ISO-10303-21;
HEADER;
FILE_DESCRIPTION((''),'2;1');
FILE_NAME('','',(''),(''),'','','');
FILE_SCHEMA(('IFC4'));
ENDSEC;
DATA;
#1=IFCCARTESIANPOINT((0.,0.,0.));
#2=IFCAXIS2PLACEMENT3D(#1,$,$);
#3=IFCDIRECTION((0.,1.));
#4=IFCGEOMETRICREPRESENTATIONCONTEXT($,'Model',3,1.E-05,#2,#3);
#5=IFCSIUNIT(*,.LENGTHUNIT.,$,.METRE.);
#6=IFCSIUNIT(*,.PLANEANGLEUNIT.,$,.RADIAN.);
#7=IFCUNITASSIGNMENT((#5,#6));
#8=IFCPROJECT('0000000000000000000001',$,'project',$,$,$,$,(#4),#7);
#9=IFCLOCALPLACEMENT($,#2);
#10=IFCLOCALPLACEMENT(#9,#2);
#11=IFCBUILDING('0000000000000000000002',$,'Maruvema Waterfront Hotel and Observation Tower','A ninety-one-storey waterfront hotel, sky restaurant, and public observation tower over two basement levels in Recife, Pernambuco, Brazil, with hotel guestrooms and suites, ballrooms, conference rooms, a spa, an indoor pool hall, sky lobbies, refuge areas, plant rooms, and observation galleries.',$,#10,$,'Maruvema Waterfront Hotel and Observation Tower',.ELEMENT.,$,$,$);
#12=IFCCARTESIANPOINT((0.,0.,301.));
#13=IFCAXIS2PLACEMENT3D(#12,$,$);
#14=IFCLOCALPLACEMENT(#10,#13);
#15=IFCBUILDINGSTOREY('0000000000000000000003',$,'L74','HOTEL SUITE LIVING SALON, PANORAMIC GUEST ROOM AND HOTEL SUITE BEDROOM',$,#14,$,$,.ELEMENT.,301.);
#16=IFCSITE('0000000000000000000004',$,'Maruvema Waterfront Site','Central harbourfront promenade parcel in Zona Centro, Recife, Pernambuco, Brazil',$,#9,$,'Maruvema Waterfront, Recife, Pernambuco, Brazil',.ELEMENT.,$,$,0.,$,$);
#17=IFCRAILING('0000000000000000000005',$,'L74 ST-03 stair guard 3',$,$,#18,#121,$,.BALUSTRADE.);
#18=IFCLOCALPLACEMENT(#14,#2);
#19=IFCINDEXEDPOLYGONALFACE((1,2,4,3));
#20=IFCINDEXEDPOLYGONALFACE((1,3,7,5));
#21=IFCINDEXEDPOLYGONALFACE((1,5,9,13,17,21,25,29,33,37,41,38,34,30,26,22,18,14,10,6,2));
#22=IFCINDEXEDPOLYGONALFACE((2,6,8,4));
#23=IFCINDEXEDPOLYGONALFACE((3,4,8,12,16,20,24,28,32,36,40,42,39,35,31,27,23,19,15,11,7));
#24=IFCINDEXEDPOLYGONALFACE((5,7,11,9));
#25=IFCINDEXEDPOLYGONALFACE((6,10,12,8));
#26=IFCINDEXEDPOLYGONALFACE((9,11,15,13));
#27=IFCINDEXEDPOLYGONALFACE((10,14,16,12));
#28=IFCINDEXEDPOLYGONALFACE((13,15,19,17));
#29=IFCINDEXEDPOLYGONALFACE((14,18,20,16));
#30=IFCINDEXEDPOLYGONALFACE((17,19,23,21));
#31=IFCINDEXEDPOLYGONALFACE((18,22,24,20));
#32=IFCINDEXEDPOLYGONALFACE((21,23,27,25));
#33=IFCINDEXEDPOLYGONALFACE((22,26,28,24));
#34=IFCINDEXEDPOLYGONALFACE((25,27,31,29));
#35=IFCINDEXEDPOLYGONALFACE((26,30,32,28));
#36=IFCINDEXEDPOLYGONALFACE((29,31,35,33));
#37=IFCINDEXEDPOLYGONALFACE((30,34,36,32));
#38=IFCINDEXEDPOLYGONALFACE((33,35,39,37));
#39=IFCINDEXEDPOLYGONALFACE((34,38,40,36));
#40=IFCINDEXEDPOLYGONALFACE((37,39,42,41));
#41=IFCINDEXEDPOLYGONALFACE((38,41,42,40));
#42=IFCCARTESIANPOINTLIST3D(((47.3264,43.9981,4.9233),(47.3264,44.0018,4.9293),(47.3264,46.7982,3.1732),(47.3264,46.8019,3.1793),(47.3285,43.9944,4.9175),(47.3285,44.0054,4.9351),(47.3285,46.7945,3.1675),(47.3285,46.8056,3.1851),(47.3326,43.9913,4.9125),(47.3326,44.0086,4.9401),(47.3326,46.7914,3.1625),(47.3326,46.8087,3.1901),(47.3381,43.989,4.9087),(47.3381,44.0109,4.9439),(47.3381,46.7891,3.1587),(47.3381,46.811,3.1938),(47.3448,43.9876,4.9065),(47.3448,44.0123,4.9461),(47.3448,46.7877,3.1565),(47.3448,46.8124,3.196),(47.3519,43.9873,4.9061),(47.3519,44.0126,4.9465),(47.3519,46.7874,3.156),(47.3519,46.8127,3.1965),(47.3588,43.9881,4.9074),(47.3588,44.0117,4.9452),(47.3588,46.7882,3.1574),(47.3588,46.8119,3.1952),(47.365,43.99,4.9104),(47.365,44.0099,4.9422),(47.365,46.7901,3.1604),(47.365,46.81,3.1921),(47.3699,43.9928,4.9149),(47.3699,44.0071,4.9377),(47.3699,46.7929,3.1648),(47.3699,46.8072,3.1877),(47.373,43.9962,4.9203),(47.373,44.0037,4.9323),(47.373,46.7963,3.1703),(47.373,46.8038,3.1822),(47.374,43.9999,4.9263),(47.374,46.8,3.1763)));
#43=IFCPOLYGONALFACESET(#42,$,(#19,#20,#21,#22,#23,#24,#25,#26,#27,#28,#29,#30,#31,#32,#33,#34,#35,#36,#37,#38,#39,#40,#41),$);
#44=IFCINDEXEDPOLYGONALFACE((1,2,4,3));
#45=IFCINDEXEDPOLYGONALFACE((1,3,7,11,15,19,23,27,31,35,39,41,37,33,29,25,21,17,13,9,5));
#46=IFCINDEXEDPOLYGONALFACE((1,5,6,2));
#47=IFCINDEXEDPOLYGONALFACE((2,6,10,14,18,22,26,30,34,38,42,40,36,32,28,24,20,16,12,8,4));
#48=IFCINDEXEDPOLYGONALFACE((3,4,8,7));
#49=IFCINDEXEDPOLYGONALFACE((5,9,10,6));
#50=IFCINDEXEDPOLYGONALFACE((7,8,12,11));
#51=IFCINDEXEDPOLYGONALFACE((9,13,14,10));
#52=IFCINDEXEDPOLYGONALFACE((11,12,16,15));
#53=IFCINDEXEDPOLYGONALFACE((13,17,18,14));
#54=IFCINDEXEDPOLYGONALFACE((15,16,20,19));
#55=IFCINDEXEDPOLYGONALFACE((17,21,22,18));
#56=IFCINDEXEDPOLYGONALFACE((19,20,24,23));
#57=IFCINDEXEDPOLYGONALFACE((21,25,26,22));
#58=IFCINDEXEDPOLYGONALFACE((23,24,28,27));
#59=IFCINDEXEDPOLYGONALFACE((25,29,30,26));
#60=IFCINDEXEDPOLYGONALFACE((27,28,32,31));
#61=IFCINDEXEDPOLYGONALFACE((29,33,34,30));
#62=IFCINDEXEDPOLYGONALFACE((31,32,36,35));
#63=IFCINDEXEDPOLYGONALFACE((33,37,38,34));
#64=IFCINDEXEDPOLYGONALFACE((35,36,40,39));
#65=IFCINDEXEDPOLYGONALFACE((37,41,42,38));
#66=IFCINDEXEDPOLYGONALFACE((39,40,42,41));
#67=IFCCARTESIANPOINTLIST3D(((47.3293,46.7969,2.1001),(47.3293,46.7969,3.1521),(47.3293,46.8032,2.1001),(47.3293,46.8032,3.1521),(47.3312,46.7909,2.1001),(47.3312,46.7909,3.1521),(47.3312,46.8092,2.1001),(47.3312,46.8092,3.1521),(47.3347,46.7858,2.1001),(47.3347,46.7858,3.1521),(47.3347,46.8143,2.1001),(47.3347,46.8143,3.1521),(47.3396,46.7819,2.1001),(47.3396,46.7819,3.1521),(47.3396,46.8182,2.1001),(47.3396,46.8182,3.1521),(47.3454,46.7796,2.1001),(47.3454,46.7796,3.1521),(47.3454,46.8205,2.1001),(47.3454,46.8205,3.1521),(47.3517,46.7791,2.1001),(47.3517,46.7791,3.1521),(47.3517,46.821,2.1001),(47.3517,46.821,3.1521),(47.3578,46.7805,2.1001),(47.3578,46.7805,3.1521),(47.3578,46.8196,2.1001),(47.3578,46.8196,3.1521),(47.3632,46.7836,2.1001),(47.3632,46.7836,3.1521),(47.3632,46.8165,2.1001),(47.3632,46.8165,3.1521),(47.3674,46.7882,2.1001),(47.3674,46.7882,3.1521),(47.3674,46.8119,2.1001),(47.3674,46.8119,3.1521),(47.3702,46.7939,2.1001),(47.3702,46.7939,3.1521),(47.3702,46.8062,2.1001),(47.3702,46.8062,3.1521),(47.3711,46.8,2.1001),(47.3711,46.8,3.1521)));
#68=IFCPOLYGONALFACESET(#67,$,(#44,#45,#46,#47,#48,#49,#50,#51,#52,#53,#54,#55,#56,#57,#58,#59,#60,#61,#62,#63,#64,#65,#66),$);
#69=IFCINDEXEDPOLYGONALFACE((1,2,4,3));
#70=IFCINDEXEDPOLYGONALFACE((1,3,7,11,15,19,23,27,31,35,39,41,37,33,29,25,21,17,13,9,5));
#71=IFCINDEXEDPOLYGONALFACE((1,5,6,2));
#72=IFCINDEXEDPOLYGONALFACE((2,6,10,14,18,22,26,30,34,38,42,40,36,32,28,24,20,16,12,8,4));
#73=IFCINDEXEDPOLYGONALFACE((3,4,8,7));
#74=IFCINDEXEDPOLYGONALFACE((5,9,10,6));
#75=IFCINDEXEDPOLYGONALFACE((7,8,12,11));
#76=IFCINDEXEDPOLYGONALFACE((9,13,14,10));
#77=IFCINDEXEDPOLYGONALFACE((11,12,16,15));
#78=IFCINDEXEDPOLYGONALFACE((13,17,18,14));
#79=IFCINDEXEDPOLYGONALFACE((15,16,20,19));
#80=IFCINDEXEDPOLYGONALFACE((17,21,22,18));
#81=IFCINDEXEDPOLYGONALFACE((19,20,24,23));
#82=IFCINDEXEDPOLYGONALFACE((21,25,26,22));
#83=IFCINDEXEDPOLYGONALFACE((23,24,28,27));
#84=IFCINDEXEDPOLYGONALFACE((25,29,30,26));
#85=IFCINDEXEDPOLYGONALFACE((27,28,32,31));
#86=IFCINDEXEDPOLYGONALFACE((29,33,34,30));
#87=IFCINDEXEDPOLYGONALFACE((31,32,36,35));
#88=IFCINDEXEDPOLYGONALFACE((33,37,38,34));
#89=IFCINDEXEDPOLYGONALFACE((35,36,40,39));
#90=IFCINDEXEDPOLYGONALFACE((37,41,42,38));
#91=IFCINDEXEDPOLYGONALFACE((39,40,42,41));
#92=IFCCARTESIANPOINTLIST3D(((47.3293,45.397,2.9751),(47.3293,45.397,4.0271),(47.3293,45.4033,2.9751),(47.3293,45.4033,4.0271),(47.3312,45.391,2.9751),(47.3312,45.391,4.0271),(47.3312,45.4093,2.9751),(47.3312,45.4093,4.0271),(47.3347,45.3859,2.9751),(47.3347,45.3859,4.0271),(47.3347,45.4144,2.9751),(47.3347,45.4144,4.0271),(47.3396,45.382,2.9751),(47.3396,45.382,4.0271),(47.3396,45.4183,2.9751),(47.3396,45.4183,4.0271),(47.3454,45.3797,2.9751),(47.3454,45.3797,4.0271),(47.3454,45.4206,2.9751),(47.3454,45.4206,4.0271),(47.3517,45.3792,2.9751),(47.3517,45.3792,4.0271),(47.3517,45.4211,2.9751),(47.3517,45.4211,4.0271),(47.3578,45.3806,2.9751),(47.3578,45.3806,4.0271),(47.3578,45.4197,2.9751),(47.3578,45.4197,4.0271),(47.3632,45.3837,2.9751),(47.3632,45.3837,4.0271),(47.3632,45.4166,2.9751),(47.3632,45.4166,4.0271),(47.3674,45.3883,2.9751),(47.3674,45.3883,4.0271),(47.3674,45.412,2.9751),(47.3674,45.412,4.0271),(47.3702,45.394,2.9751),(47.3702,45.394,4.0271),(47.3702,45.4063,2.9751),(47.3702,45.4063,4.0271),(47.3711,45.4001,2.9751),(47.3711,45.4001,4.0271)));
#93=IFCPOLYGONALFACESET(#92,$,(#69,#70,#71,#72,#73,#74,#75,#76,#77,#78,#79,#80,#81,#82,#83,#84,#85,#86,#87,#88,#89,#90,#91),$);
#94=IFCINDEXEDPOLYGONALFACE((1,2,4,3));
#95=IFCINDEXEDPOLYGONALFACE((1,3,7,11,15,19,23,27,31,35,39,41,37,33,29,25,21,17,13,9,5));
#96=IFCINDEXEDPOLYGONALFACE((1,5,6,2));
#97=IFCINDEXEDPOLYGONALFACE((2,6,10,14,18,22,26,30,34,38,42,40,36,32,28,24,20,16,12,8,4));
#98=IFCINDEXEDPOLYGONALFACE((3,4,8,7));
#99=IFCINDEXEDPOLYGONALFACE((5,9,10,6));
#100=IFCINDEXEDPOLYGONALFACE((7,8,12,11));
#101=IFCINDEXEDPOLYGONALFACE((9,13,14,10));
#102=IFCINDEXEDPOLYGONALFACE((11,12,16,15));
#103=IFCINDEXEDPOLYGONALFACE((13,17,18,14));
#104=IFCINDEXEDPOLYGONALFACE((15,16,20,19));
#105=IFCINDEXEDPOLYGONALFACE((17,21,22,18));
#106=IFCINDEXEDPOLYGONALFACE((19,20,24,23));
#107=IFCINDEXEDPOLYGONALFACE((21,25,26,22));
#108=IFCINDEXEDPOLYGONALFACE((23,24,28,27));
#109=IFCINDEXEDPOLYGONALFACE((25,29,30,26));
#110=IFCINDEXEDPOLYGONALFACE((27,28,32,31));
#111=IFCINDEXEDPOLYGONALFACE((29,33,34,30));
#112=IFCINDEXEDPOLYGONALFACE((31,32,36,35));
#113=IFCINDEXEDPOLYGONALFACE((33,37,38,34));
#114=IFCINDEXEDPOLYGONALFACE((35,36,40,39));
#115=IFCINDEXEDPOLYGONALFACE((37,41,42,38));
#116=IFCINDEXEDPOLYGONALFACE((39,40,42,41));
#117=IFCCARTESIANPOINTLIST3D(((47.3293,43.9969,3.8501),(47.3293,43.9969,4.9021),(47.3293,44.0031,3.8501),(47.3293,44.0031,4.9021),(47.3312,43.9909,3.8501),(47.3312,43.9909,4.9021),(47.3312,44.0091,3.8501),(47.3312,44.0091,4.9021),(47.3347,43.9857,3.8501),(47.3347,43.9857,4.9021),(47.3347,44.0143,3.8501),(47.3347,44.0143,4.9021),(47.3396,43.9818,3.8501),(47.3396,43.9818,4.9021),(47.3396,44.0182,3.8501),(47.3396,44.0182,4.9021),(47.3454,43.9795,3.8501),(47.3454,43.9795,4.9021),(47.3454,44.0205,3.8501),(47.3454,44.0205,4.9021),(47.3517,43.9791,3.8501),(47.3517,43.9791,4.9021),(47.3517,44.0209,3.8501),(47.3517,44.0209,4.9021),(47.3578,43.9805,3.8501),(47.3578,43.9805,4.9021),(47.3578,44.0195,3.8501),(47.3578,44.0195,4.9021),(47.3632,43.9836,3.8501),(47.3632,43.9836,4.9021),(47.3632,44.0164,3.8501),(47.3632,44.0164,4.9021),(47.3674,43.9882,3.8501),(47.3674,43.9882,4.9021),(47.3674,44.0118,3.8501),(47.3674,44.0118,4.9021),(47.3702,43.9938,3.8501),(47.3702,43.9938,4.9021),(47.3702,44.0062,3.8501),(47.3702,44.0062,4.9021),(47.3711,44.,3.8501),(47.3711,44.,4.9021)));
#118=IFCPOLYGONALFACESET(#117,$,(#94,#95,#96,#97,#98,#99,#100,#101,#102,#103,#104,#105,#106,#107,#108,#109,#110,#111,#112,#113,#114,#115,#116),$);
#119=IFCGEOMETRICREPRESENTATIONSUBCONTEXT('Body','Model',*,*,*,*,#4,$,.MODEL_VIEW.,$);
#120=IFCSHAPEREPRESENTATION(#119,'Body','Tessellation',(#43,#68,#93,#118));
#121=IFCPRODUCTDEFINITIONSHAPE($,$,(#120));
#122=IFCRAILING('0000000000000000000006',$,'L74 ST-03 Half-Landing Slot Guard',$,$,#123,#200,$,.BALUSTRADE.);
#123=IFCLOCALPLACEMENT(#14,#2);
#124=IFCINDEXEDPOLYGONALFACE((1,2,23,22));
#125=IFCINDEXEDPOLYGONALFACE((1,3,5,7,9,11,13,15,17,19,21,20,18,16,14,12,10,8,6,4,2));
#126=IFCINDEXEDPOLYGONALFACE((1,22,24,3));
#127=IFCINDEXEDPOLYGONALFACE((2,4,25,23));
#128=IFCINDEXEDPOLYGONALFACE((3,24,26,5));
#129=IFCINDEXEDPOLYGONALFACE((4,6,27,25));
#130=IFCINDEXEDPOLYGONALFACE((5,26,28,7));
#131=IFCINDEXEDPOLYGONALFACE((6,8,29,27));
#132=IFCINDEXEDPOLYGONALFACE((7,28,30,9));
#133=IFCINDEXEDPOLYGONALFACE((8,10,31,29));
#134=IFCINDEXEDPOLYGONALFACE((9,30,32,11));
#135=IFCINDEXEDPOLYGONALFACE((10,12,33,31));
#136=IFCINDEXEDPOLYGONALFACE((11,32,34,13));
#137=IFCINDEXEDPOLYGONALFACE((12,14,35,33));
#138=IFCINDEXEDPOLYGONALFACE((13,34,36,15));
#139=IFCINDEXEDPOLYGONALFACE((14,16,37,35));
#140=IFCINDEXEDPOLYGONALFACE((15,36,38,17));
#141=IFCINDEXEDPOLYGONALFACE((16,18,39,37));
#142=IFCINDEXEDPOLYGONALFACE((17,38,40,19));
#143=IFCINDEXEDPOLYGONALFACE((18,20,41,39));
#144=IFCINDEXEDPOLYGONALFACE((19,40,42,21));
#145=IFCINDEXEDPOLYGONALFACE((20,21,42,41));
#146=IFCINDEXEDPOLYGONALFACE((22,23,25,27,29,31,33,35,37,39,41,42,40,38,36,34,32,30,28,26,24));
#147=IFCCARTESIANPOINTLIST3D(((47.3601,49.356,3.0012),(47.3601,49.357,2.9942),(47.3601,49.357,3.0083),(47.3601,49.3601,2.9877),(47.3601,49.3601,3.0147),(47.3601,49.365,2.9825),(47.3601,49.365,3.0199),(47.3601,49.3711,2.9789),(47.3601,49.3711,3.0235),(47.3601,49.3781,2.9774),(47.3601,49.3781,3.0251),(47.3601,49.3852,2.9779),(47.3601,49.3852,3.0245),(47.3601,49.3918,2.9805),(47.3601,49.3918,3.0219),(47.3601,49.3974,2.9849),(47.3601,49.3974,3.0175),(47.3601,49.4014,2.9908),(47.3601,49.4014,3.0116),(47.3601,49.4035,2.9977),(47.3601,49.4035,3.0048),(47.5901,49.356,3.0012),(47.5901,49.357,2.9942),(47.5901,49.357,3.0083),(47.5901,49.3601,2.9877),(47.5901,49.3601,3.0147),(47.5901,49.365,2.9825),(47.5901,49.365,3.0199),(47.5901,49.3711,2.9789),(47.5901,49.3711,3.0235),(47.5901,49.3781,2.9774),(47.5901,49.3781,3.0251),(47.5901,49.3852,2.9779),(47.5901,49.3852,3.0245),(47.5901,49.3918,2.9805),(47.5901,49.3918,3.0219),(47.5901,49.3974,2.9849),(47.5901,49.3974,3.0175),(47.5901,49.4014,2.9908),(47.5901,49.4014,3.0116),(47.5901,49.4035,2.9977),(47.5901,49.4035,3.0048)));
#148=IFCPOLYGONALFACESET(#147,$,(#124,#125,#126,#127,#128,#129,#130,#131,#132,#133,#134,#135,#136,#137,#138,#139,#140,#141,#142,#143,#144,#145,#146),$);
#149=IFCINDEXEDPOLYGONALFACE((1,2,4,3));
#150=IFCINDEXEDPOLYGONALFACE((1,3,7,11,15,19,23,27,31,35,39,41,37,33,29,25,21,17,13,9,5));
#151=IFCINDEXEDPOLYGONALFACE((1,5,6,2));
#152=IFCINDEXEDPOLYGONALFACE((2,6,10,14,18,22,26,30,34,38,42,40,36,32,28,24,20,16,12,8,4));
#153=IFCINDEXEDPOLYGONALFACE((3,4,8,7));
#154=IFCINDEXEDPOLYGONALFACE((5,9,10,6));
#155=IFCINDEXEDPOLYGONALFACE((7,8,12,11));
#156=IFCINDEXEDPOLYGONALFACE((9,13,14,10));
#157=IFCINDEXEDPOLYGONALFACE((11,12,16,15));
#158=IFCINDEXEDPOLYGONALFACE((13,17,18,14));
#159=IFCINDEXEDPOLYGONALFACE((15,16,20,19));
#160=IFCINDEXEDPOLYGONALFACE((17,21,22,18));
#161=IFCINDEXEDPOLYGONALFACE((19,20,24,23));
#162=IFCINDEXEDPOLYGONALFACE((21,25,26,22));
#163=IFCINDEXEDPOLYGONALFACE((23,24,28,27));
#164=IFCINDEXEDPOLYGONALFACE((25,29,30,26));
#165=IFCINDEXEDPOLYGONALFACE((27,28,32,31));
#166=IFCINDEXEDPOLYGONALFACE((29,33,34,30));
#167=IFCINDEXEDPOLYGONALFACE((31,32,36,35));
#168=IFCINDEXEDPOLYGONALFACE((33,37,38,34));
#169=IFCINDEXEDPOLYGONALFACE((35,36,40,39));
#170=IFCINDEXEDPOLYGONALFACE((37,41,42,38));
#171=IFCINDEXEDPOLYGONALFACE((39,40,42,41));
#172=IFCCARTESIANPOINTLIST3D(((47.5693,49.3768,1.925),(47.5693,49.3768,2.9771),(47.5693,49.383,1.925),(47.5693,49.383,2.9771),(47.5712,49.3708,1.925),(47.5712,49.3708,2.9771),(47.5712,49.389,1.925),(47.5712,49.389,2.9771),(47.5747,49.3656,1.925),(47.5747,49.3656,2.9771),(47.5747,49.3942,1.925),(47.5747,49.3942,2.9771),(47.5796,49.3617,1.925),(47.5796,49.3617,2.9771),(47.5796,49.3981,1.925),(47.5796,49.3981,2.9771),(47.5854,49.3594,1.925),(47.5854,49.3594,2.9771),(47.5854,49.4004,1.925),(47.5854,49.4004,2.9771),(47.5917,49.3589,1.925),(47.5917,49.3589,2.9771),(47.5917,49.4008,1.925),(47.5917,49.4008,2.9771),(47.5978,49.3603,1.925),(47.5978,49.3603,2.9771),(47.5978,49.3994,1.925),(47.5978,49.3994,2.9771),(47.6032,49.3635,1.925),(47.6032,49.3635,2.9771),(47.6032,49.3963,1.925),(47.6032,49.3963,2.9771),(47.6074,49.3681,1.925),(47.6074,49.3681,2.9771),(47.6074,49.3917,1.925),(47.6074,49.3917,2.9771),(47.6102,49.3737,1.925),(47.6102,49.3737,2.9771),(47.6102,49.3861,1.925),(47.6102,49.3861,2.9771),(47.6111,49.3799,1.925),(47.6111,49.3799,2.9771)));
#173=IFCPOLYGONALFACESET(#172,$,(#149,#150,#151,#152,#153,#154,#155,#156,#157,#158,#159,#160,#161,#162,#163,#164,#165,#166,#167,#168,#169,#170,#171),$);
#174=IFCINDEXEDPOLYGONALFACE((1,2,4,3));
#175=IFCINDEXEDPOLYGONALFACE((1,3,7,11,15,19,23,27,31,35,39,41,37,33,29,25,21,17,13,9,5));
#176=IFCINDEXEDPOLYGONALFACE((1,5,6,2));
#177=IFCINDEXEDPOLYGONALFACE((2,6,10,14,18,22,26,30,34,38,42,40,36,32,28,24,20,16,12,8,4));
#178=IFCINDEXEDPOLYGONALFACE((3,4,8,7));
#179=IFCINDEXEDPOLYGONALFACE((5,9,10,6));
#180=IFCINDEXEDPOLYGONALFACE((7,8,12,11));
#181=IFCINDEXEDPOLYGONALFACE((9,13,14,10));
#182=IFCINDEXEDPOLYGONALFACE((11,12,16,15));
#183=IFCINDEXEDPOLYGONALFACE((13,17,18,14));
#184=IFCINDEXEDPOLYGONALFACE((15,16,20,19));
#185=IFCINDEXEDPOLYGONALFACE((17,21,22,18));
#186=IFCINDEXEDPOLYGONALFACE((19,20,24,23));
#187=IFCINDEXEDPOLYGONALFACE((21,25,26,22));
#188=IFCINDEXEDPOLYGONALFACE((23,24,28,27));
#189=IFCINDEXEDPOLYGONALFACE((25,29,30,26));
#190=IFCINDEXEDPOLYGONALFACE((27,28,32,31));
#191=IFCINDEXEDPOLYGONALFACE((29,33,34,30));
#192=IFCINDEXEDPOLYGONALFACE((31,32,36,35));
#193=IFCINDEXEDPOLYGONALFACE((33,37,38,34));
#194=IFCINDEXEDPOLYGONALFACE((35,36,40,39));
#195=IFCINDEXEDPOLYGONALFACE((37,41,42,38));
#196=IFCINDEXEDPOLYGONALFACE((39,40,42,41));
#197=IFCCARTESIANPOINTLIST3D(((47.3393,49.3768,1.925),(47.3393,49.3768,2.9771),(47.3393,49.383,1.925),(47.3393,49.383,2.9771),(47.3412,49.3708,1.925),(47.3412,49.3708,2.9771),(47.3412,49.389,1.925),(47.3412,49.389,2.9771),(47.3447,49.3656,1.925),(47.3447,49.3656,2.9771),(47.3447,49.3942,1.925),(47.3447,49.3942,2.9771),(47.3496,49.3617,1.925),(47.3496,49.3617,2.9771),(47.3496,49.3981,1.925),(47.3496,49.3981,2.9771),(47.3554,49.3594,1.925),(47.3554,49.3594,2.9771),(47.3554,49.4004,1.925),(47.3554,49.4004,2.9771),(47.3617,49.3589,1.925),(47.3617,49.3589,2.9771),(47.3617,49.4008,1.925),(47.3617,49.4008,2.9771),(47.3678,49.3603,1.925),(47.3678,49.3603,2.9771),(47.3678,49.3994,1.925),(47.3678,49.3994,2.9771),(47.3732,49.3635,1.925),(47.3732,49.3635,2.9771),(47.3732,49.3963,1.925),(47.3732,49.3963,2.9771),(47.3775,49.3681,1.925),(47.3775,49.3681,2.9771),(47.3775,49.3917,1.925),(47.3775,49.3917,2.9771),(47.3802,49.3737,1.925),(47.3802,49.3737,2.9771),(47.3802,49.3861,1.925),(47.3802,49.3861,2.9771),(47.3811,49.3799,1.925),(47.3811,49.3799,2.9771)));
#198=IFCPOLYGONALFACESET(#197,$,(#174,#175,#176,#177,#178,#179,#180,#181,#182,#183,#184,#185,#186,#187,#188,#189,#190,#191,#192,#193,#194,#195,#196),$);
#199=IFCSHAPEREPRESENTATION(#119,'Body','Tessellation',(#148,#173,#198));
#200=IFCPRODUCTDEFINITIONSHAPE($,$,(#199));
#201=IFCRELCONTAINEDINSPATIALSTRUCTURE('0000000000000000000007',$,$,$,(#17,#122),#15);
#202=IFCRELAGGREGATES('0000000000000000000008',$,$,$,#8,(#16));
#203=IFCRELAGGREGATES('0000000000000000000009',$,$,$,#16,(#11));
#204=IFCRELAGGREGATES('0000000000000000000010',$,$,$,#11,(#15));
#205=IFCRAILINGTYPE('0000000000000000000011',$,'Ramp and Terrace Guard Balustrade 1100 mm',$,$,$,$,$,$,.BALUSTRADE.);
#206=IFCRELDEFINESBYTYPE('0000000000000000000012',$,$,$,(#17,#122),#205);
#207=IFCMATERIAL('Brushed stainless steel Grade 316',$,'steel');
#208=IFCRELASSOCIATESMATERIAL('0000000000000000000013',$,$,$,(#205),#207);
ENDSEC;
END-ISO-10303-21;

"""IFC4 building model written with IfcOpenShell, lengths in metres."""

from ifc_helpers import new_model, si_unit, direction, frame, origin, origin_2d, place, context, subcontext, project, spatial, circle, extrude, material, type_object, element, save


model = new_model("IFC4")

# Units and contexts
model_context = context("Model", 3, precision=1e-05, world=origin(), true_north=direction((0.0, 1.0)))
body_context = subcontext(model_context, "Body", "Model", "MODEL_VIEW")
ifc_project = project(units=[si_unit("LENGTHUNIT", "METRE"), si_unit("PLANEANGLEUNIT", "RADIAN")], contexts=[model_context])

# Site, building, storey
site_placement = place(None, origin())
site = spatial("IfcSite", under=ifc_project, at=site_placement, Name="Maruvema Waterfront Site", Description="Central harbourfront promenade parcel in Zona Centro, Recife, Pernambuco, Brazil", LongName="Maruvema Waterfront, Recife, Pernambuco, Brazil", CompositionType="ELEMENT", RefElevation=0.0)
building_placement = place(site_placement, origin())
building = spatial("IfcBuilding", under=site, at=building_placement, Name="Maruvema Waterfront Hotel and Observation Tower", Description="A ninety-one-storey waterfront hotel, sky restaurant, and public observation tower over two basement levels in Recife, Pernambuco, Brazil, with hotel guestrooms and suites, ballrooms, conference rooms, a spa, an indoor pool hall, sky lobbies, refuge areas, plant rooms, and observation galleries.", LongName="Maruvema Waterfront Hotel and Observation Tower", CompositionType="ELEMENT")
storey_placement = place(building_placement, frame((0.0, 0.0, 301.0)))
storey = spatial("IfcBuildingStorey", under=building, at=storey_placement, Name="L74", Description="HOTEL SUITE LIVING SALON, PANORAMIC GUEST ROOM AND HOTEL SUITE BEDROOM", CompositionType="ELEMENT", Elevation=301.0)

# Railings
ifc_material_1 = material(Name="Brushed stainless steel Grade 316", Category="steel")
railing_type_1 = type_object("IfcRailingType", Name="Ramp and Terrace Guard Balustrade 1100 mm", PredefinedType="BALUSTRADE", material=ifc_material_1)
railing_1_placement = place(storey_placement, frame((47.3501, 46.8, 2.1001)))
element("IfcRailing", 1, at=railing_1_placement, inside=storey, type_object=railing_type_1, Name="L74 ST-03 stair guard 3", PredefinedType="BALUSTRADE", context=body_context, shape_type="SweptSolid", body=[
    extrude(circle(Radius=0.0239, at=origin_2d()), frame((0.0, 0.0, 1.0762), z_axis=(0.0, -0.848002, 0.529992), x_axis=(1.0, 0.0, 0.0)), (0.0, 0.0, 1.0), 3.302),
    extrude(circle(Radius=0.021, at=origin_2d()), origin(), (0.0, 0.0, 1.0), 1.052),
    extrude(circle(Radius=0.021, at=origin_2d()), frame((0.0, -1.3999, 0.875)), (0.0, 0.0, 1.0), 1.052),
    extrude(circle(Radius=0.021, at=origin_2d()), frame((0.0, -2.8, 1.75)), (0.0, 0.0, 1.0), 1.052),
])
railing_2_placement = place(storey_placement, frame((47.5901, 49.3799, 1.925)))
element("IfcRailing", 2, at=railing_2_placement, inside=storey, type_object=railing_type_1, Name="L74 ST-03 Half-Landing Slot Guard", PredefinedType="BALUSTRADE", context=body_context, shape_type="SweptSolid", body=[
    extrude(circle(Radius=0.0239, at=origin_2d()), frame((0.0, 0.0, 1.0762), z_axis=(-1.0, 0.0, 0.0), x_axis=(0.0, -1.0, 0.0)), (0.0, 0.0, 1.0), 0.23),
    extrude(circle(Radius=0.021, at=origin_2d()), origin(), (0.0, 0.0, 1.0), 1.052),
    extrude(circle(Radius=0.021, at=origin_2d()), frame((-0.23, 0.0, 0.0)), (0.0, 0.0, 1.0), 1.052),
])

save(model, "model.ifc")
